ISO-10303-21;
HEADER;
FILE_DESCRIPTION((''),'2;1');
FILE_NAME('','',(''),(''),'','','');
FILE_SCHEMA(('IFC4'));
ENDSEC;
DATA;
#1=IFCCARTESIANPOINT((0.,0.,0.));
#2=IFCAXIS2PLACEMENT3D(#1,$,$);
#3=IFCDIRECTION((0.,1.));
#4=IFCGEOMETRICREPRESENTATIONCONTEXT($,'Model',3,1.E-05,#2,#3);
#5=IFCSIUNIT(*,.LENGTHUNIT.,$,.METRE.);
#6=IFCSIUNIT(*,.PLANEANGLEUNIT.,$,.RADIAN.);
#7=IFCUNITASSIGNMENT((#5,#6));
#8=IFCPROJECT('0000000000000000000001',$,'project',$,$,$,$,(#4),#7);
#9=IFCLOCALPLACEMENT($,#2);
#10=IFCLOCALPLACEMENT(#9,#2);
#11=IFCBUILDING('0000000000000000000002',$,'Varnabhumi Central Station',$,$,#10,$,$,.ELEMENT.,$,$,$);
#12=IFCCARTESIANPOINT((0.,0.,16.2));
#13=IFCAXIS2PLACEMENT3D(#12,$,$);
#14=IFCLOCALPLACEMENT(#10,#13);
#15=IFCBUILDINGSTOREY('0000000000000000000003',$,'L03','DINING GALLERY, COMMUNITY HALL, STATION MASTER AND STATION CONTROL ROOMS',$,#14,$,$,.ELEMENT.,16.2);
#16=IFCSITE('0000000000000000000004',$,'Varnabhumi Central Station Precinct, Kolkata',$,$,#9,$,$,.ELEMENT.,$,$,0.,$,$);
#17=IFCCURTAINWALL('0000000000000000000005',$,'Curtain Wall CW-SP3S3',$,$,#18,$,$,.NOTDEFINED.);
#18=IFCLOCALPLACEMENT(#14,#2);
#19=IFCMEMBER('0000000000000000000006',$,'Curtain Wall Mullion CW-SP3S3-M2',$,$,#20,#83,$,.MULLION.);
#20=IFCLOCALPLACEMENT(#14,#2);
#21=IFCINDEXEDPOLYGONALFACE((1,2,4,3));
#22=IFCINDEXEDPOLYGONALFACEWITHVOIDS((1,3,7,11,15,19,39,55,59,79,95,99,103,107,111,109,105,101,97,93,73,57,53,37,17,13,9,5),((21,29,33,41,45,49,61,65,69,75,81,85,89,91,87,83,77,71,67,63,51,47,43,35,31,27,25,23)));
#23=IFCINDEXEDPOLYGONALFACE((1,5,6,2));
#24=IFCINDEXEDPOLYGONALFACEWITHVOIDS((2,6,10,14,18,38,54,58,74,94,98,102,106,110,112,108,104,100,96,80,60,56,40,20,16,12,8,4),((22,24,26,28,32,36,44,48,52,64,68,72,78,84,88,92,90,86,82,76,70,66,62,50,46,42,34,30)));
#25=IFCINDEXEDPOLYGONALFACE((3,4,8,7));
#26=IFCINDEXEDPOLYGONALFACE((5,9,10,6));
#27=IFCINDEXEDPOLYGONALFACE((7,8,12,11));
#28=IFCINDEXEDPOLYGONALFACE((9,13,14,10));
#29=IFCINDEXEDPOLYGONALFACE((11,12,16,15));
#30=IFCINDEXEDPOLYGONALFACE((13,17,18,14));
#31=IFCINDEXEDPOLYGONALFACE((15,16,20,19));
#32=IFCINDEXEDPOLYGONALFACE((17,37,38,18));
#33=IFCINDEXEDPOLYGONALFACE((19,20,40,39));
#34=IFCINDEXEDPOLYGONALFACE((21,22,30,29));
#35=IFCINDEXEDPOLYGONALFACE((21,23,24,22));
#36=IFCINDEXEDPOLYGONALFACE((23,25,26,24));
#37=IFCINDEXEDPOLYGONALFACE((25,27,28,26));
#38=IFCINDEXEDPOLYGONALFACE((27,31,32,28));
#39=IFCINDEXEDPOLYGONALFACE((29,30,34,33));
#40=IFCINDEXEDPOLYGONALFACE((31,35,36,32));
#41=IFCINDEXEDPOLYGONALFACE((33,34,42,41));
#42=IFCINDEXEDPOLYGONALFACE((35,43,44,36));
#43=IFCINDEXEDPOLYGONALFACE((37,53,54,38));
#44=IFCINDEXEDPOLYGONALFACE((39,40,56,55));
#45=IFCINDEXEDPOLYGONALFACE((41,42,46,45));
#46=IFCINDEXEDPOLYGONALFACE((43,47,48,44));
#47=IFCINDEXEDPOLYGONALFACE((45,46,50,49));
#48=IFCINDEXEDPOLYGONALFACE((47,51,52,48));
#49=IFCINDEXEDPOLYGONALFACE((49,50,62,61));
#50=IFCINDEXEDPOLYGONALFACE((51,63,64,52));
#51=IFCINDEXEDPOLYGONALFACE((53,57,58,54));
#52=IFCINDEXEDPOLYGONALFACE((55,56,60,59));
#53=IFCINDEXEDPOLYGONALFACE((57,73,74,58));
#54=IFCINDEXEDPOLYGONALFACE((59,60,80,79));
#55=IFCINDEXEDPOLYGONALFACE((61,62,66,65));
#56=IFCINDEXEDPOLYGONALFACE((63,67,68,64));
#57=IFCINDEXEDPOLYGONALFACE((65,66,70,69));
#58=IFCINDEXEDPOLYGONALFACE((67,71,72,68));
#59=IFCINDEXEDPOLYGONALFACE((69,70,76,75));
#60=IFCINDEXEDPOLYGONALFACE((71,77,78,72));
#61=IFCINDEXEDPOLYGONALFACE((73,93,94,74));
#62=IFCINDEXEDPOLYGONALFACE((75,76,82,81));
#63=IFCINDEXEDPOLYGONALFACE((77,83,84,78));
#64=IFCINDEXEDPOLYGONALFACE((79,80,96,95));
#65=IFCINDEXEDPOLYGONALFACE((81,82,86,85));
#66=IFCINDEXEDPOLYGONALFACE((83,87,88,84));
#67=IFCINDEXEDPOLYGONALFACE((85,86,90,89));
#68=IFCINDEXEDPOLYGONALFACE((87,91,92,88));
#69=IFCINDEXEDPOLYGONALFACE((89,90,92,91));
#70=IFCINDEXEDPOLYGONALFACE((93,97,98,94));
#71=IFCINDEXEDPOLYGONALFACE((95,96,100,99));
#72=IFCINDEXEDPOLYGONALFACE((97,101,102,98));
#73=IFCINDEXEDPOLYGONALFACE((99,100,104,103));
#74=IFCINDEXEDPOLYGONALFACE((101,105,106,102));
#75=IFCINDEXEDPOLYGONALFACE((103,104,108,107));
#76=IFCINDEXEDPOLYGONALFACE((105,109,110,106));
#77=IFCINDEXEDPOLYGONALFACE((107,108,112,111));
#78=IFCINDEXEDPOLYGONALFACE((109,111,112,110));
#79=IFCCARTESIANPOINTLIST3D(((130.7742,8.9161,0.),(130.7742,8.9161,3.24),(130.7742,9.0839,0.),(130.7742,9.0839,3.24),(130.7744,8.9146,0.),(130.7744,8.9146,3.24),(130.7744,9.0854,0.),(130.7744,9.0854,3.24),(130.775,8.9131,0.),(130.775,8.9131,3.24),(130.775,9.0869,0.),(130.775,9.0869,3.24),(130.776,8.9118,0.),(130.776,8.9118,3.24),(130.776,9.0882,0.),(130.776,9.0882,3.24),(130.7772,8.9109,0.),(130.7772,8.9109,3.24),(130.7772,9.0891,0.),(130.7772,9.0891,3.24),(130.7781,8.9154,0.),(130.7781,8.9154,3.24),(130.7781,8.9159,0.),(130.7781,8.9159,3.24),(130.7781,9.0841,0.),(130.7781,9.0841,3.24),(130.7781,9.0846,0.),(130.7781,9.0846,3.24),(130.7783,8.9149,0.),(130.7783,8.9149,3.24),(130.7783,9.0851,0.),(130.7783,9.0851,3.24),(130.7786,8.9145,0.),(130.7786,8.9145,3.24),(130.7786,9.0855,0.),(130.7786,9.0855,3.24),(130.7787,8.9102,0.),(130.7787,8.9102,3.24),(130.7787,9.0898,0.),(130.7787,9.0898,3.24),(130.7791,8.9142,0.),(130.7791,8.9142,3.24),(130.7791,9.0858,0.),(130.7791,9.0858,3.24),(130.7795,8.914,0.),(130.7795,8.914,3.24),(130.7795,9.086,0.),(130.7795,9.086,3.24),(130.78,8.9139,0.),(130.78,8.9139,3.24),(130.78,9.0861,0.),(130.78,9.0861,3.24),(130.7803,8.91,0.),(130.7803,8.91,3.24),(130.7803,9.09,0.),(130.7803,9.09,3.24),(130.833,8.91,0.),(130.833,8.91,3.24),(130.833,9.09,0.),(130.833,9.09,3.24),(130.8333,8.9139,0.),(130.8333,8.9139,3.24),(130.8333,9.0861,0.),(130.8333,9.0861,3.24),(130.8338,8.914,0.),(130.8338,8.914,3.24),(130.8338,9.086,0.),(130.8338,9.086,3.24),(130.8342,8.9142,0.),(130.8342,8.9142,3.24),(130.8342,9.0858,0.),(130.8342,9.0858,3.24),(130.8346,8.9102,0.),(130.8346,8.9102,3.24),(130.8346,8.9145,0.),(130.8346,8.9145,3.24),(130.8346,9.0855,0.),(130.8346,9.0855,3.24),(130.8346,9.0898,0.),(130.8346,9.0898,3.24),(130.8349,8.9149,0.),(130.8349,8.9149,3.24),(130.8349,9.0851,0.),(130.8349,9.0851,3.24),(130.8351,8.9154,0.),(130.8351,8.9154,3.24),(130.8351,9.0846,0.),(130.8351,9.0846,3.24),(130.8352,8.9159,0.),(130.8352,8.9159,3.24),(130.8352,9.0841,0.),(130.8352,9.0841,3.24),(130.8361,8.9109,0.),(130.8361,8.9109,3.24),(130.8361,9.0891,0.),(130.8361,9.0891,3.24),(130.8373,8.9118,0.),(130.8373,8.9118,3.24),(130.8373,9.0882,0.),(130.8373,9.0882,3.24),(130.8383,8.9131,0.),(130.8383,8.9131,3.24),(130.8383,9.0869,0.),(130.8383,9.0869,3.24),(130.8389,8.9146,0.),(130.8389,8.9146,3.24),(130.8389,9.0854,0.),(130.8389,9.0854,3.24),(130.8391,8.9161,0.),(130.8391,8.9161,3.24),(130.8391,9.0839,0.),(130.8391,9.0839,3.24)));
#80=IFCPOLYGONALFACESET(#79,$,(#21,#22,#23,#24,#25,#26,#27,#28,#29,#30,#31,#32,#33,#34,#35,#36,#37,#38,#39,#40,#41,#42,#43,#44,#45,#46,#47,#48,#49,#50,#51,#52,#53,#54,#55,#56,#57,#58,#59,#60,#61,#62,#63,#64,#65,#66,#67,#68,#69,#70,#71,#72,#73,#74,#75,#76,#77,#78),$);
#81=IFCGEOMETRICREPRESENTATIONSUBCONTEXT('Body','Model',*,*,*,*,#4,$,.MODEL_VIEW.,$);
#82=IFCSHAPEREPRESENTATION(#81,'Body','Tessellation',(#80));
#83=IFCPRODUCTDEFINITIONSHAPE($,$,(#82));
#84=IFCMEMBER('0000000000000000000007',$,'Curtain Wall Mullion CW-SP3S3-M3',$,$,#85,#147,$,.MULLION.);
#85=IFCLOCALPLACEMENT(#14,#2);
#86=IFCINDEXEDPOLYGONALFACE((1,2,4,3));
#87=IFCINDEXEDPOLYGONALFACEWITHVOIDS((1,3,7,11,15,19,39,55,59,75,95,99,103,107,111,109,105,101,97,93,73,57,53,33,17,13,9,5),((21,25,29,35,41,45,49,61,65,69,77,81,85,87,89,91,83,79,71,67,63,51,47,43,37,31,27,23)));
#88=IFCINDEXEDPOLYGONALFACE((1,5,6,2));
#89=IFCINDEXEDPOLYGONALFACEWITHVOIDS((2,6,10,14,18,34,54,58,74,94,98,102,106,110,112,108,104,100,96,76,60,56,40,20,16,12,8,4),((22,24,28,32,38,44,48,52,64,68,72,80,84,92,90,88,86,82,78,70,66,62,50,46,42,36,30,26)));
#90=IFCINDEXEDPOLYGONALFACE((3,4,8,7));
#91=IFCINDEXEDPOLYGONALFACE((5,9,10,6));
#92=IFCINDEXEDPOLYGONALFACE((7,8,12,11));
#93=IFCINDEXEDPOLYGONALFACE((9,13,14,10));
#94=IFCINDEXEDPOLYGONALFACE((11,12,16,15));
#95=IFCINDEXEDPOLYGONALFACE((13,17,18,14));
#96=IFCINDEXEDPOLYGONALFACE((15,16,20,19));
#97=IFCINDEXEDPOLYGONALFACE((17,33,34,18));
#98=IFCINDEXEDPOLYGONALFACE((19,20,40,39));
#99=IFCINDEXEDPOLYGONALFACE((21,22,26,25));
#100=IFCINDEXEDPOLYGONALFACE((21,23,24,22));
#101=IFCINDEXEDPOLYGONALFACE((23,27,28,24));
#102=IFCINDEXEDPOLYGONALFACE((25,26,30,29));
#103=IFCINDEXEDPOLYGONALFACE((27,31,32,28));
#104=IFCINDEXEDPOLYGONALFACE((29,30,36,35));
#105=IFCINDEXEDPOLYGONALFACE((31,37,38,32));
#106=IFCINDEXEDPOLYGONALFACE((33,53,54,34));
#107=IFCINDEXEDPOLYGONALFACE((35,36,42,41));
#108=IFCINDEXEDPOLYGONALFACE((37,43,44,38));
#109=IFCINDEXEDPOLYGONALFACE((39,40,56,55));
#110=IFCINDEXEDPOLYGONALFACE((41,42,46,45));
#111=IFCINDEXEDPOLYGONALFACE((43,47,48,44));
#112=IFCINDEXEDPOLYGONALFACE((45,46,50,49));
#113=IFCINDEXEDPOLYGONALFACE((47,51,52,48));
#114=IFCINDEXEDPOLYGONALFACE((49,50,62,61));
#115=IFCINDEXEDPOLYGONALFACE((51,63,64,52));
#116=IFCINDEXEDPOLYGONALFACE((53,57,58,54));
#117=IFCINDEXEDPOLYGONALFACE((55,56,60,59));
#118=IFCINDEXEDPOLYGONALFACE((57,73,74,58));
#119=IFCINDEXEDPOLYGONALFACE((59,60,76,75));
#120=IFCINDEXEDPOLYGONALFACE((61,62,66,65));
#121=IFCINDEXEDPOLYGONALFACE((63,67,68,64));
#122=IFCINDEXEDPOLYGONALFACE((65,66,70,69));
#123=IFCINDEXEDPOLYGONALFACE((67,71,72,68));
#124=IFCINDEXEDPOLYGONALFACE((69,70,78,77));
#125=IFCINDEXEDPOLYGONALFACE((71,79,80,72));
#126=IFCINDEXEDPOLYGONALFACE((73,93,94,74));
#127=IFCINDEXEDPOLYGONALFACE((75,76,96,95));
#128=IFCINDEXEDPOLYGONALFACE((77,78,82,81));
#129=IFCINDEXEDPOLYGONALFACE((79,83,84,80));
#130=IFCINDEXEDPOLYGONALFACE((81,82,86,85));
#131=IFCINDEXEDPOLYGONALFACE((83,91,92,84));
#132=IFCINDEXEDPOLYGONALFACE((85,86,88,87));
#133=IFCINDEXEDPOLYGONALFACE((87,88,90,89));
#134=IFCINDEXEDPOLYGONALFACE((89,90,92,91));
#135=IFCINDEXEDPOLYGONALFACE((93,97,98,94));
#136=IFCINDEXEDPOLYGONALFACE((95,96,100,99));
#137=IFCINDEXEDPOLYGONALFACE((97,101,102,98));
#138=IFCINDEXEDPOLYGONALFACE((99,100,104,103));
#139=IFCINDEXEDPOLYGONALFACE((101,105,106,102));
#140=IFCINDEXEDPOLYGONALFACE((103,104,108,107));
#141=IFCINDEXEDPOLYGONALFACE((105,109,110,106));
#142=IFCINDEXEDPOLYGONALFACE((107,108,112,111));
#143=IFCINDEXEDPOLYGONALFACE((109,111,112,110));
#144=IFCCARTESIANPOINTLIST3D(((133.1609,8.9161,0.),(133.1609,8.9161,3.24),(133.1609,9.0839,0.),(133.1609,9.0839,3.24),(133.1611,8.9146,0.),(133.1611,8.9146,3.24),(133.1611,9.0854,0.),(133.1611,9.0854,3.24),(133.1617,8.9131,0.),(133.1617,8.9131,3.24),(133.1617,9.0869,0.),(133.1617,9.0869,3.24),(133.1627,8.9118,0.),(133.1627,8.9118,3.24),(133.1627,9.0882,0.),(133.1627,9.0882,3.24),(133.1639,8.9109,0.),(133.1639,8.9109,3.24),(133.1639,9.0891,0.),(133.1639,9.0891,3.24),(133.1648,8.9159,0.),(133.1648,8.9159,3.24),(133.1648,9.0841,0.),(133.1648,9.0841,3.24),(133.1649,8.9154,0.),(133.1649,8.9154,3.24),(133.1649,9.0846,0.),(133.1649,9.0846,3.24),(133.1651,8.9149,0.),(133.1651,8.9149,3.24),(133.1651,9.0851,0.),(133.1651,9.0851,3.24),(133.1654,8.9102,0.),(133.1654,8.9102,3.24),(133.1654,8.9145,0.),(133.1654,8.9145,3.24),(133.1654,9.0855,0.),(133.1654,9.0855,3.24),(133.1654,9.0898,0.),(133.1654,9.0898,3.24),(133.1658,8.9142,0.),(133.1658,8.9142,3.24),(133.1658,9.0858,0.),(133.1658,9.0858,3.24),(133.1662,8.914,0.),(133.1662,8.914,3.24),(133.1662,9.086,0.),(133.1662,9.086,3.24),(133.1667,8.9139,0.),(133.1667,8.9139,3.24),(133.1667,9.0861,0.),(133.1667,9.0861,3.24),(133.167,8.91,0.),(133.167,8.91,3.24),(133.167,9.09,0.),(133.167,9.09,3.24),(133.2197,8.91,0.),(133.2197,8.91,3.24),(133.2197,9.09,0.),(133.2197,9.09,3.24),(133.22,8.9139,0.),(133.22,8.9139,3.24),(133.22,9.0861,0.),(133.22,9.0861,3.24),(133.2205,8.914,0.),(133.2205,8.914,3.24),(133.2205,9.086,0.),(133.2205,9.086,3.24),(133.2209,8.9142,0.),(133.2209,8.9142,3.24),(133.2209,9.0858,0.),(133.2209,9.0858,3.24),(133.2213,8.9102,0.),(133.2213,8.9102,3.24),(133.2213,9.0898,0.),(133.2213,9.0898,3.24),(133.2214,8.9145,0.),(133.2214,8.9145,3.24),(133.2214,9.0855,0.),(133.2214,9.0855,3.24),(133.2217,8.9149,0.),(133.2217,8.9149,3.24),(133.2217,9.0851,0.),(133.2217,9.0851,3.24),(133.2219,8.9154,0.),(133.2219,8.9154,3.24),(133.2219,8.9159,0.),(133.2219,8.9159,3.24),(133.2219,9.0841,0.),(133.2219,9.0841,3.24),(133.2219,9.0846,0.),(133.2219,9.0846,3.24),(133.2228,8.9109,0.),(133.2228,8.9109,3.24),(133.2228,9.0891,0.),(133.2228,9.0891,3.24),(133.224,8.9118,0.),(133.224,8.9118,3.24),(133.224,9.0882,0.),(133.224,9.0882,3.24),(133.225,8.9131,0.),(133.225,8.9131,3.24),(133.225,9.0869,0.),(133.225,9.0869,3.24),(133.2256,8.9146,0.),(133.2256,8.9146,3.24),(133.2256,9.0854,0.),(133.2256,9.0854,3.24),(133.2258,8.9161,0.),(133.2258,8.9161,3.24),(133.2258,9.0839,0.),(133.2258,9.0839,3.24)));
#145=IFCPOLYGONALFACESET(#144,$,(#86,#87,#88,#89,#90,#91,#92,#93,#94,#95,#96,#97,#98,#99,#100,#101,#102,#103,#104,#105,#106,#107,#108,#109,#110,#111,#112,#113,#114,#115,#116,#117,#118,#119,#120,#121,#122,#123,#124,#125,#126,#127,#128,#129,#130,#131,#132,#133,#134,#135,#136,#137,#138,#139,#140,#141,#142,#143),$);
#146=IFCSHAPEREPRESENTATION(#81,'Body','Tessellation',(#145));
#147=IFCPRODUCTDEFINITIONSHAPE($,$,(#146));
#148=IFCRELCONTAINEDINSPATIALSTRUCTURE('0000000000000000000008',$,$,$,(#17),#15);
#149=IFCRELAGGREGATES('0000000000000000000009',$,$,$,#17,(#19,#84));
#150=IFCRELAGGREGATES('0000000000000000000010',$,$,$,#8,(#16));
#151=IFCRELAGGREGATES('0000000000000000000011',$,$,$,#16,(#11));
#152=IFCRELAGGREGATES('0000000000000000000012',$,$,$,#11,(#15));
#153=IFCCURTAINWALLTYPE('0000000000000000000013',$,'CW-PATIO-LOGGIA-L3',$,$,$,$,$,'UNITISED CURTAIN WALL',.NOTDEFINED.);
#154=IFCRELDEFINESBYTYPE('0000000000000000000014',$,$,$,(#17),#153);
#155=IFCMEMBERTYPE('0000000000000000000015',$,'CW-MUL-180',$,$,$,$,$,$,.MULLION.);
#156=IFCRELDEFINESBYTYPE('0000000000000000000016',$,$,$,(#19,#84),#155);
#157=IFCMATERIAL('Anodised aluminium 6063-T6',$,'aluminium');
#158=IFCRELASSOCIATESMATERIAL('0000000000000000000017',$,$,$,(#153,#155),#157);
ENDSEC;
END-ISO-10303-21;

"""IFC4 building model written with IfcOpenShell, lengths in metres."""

from ifc_helpers import new_model, si_unit, direction, frame, origin, origin_2d, place, context, subcontext, project, spatial, hollow_rectangle, extrude, material, material_profile, profile_set, type_object, element, aggregate, save


model = new_model("IFC4")

# Units and contexts
model_context = context("Model", 3, precision=1e-05, world=origin(), true_north=direction((0.0, 1.0)))
body_context = subcontext(model_context, "Body", "Model", "MODEL_VIEW")
ifc_project = project(units=[si_unit("LENGTHUNIT", "METRE"), si_unit("PLANEANGLEUNIT", "RADIAN")], contexts=[model_context])

# Site, building, storey
site_placement = place(None, origin())
site = spatial("IfcSite", under=ifc_project, at=site_placement, Name="Varnabhumi Central Station Precinct, Kolkata", CompositionType="ELEMENT", RefElevation=0.0)
building_placement = place(site_placement, origin())
building = spatial("IfcBuilding", under=site, at=building_placement, Name="Varnabhumi Central Station", CompositionType="ELEMENT")
storey_placement = place(building_placement, frame((0.0, 0.0, 16.2)))
storey = spatial("IfcBuildingStorey", under=building, at=storey_placement, Name="L03", Description="DINING GALLERY, COMMUNITY HALL, STATION MASTER AND STATION CONTROL ROOMS", CompositionType="ELEMENT", Elevation=16.2)

# Shared definitions
ifc_material_1 = material(Name="Anodised aluminium 6063-T6", Category="aluminium")
curtain_wall_type = type_object("IfcCurtainWallType", Name="CW-PATIO-LOGGIA-L3", ElementType="UNITISED CURTAIN WALL", PredefinedType="NOTDEFINED", material=ifc_material_1)
ifc_material_profile_1 = material_profile(ifc_material_1, hollow_rectangle(XDim=0.0649, YDim=0.1799, WallThickness=0.0039, InnerFilletRadius=0.002, OuterFilletRadius=0.0061, at=origin_2d()), Name="Anodised aluminium 6063-T6", Category="aluminium")
ifc_profile_set_1 = profile_set([ifc_material_profile_1], Name="Anodised aluminium 6063-T6")
member_type_1 = type_object("IfcMemberType", Name="CW-MUL-180", PredefinedType="MULLION", material=ifc_profile_set_1)

# Curtain wall, members
curtain_wall_1_placement = place(storey_placement, origin())
curtain_wall_1 = element("IfcCurtainWall", 1, at=curtain_wall_1_placement, inside=storey, type_object=curtain_wall_type, Name="Curtain Wall CW-SP3S3", PredefinedType="NOTDEFINED")
member_1_placement = place(storey_placement, frame((130.8066, 9.0, 0.0), z_axis=(0.0, 0.0, 1.0), x_axis=(1.0, 0.0, 0.0)))
member_1 = element("IfcMember", 2, at=member_1_placement, type_object=member_type_1, Name="Curtain Wall Mullion CW-SP3S3-M2", PredefinedType="MULLION", context=body_context, shape_type="SweptSolid", body=[
    extrude(hollow_rectangle(XDim=0.0649, YDim=0.1799, WallThickness=0.0039, InnerFilletRadius=0.002, OuterFilletRadius=0.0061, at=origin_2d()), origin(), (0.0, 0.0, 1.0), 3.24),
])
member_2_placement = place(storey_placement, frame((133.1934, 9.0, 0.0), z_axis=(0.0, 0.0, 1.0), x_axis=(1.0, 0.0, 0.0)))
member_2 = element("IfcMember", 3, at=member_2_placement, type_object=member_type_1, Name="Curtain Wall Mullion CW-SP3S3-M3", PredefinedType="MULLION", context=body_context, shape_type="SweptSolid", body=[
    extrude(hollow_rectangle(XDim=0.0649, YDim=0.1799, WallThickness=0.0039, InnerFilletRadius=0.002, OuterFilletRadius=0.0061, at=origin_2d()), origin(), (0.0, 0.0, 1.0), 3.24),
])

aggregate(curtain_wall_1, [member_1, member_2])

save(model, "model.ifc")
